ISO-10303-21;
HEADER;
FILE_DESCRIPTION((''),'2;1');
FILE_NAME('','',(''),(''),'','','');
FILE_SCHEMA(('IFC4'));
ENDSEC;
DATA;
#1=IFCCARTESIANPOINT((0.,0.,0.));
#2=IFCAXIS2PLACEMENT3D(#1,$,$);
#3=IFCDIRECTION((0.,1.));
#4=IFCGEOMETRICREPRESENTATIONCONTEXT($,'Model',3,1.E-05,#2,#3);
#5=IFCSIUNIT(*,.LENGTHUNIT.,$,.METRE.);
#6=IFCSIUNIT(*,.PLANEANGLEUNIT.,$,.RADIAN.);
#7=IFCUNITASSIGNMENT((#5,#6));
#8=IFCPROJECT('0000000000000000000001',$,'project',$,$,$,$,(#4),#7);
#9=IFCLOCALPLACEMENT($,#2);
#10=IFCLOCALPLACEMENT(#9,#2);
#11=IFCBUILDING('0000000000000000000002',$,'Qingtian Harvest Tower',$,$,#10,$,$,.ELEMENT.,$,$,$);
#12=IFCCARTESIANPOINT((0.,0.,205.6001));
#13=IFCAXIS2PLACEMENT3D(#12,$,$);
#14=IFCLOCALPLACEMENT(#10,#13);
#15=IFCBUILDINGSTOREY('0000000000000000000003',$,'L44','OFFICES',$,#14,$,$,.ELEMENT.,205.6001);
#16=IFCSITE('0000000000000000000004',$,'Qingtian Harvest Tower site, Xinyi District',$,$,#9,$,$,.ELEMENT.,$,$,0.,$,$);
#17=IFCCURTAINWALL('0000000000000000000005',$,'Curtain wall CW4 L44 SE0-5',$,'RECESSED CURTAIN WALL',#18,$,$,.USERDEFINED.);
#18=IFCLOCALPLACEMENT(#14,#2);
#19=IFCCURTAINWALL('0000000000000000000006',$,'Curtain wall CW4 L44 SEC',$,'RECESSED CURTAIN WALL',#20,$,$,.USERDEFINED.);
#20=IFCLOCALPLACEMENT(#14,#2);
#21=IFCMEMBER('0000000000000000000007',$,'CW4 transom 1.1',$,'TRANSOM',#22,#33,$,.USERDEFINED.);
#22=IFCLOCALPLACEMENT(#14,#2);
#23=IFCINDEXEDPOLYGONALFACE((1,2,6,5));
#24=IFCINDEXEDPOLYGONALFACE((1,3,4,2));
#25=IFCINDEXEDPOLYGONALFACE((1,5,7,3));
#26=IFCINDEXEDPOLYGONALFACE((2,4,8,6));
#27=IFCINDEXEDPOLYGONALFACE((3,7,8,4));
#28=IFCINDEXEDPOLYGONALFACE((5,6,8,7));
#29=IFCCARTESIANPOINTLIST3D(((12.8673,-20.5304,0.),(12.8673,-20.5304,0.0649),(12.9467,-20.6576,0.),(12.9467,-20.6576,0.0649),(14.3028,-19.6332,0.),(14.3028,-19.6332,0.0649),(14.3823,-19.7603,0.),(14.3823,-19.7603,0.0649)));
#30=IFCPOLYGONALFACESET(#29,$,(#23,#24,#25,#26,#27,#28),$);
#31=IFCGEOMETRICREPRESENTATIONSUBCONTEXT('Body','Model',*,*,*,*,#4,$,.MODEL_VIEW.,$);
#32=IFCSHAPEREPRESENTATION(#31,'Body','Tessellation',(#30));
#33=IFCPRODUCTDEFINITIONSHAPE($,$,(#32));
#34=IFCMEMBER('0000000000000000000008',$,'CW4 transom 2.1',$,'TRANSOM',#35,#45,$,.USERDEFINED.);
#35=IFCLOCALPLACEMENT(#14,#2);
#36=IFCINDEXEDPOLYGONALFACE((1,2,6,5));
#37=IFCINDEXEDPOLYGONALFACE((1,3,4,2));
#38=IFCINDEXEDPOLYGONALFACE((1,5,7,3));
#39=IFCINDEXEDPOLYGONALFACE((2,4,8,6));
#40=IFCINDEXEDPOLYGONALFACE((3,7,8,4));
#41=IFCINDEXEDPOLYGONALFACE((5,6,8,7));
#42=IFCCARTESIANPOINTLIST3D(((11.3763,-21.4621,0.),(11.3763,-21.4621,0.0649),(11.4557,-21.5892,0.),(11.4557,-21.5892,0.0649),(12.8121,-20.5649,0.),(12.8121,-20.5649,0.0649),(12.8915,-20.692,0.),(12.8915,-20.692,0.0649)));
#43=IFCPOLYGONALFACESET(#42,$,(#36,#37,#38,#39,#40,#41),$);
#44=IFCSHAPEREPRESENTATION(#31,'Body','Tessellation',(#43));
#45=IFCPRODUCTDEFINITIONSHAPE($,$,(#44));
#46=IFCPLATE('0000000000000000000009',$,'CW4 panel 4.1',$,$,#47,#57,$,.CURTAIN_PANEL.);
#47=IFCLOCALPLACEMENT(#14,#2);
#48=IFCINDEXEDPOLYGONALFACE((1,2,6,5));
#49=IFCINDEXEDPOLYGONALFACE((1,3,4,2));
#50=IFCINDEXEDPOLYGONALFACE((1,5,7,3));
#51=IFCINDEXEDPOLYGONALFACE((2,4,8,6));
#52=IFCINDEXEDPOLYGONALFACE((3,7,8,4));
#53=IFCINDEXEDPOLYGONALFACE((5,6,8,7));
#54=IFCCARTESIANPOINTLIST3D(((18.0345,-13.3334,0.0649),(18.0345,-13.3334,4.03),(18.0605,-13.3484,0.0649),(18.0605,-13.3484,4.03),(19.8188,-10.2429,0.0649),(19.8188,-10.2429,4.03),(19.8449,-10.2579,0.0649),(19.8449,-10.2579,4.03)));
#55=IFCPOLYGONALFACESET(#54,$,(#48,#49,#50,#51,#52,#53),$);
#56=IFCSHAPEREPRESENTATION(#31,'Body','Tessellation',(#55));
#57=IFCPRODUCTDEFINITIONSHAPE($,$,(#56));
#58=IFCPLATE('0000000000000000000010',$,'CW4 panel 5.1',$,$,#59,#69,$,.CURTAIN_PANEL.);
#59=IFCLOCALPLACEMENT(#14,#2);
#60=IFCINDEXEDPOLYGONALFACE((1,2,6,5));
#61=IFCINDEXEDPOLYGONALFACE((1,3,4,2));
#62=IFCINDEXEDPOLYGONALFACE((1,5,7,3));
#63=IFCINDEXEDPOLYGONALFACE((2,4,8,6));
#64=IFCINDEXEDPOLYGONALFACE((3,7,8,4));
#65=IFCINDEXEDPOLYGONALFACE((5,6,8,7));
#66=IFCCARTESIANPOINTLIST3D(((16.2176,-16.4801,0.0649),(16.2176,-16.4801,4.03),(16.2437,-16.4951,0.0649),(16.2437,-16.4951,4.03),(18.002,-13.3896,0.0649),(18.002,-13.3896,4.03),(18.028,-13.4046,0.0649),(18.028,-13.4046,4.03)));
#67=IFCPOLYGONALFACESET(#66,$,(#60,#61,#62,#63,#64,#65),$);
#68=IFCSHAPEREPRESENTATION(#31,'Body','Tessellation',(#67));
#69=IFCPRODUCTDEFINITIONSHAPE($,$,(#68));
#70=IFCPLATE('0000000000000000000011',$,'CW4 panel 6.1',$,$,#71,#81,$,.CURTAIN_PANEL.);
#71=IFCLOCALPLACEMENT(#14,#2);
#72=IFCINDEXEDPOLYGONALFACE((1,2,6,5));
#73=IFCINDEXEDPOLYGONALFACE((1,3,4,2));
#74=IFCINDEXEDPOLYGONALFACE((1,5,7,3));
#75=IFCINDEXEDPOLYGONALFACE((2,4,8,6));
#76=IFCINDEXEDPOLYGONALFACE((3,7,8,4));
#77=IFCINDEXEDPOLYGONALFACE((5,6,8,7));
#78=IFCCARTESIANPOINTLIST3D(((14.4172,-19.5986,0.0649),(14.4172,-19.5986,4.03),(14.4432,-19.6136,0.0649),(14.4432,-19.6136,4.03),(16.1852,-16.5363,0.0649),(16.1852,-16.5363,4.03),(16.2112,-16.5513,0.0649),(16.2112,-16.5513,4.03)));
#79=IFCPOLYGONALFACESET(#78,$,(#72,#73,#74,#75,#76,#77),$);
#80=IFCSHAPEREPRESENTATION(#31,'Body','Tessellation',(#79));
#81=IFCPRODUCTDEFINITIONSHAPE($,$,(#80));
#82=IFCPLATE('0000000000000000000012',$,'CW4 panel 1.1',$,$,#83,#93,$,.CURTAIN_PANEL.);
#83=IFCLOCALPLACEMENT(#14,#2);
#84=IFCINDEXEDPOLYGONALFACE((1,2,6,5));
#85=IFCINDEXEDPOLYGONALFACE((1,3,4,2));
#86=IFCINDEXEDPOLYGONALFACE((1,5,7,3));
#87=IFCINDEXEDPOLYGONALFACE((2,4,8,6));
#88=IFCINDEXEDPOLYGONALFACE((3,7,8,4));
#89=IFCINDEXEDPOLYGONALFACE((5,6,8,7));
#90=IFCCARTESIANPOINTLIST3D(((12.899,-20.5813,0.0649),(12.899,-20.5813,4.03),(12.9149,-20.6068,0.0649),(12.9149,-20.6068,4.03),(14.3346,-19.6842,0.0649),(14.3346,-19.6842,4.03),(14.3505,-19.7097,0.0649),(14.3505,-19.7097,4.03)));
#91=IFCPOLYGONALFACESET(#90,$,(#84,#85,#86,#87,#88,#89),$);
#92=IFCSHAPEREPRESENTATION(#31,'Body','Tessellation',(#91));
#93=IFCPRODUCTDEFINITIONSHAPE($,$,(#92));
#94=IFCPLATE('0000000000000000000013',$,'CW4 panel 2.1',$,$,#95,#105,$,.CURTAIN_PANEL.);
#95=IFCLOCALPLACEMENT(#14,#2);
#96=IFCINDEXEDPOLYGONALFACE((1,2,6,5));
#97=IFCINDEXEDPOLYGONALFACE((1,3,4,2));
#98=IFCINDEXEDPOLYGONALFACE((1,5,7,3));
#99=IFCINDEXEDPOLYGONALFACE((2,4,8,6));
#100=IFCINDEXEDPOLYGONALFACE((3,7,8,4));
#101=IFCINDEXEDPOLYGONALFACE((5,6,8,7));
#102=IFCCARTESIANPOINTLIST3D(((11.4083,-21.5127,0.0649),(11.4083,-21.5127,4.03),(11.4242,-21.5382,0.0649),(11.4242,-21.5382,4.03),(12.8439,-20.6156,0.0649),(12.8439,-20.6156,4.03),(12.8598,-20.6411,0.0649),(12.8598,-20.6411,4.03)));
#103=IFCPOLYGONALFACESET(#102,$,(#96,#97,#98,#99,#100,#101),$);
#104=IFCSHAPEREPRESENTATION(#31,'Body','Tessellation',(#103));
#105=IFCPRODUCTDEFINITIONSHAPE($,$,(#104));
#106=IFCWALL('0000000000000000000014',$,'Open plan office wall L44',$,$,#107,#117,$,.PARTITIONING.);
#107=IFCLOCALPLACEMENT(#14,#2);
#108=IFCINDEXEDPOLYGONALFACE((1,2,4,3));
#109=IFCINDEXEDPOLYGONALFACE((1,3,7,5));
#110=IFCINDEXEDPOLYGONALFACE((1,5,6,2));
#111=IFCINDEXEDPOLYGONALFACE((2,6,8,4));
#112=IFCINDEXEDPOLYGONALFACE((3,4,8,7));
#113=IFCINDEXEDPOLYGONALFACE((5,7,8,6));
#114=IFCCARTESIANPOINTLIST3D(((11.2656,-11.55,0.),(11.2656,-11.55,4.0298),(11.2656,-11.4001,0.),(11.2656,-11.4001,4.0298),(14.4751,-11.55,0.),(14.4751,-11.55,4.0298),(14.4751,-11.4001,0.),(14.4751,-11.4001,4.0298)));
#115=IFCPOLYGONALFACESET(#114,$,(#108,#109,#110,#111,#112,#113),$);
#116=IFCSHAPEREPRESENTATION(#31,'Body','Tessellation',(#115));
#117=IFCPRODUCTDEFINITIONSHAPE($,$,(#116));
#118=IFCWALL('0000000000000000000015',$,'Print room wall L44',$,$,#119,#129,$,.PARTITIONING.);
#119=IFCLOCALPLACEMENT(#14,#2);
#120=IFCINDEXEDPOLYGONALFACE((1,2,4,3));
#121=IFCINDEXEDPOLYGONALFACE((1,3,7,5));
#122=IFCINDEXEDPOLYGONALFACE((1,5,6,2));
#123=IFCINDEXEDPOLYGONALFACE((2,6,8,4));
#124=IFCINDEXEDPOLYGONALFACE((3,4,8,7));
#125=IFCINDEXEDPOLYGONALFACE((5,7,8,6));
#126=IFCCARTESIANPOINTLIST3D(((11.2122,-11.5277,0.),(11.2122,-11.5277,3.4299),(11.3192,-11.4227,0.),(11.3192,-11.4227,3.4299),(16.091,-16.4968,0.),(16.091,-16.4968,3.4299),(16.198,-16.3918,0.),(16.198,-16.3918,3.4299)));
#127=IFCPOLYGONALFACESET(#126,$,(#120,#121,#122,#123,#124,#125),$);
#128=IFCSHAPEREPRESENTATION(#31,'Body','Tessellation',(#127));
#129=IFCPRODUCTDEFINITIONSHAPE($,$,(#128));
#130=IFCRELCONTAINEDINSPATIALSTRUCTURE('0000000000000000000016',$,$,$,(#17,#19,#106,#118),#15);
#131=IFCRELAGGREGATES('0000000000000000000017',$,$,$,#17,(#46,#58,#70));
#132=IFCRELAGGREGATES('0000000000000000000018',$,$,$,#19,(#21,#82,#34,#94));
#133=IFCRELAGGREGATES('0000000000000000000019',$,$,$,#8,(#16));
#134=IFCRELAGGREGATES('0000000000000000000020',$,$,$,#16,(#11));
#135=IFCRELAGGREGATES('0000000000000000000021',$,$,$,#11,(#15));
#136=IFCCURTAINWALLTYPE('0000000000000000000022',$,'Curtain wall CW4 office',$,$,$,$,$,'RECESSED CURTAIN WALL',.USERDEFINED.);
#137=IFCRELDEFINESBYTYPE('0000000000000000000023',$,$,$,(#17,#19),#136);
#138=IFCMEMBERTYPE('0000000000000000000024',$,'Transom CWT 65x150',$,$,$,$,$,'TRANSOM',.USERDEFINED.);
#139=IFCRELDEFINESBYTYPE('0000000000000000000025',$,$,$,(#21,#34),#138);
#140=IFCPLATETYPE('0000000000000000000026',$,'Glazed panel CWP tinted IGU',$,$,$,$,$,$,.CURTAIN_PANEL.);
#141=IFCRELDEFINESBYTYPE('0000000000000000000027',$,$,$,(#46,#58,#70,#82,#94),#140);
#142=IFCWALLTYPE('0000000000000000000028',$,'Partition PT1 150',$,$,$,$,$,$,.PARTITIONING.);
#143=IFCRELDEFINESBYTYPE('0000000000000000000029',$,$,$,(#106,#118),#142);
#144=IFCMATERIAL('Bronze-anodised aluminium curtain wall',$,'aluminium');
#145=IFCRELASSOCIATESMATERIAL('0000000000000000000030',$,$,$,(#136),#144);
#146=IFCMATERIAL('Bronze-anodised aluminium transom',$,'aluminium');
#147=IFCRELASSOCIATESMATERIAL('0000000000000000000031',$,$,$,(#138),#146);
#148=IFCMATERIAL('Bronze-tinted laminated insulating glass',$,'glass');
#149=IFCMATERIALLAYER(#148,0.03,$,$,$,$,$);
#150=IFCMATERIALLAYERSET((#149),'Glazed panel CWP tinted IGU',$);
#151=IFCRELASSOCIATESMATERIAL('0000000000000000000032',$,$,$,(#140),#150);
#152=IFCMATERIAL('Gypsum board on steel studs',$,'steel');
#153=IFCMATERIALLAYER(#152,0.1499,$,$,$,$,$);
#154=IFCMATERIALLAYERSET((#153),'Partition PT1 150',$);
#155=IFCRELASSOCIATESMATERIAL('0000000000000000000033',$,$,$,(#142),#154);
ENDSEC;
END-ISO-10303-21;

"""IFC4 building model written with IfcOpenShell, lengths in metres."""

from ifc_helpers import new_model, si_unit, direction, frame, frame_2d, origin, origin_2d, place, context, subcontext, project, spatial, rectangle, extrude, material, layer, layer_set, material_profile, profile_set, type_object, element, aggregate, save


model = new_model("IFC4")

# Units and contexts
model_context = context("Model", 3, precision=1e-05, world=origin(), true_north=direction((0.0, 1.0)))
body_context = subcontext(model_context, "Body", "Model", "MODEL_VIEW")
ifc_project = project(units=[si_unit("LENGTHUNIT", "METRE"), si_unit("PLANEANGLEUNIT", "RADIAN")], contexts=[model_context])

# Site, building, storey
site_placement = place(None, origin())
site = spatial("IfcSite", under=ifc_project, at=site_placement, Name="Qingtian Harvest Tower site, Xinyi District", CompositionType="ELEMENT", RefElevation=0.0)
building_placement = place(site_placement, origin())
building = spatial("IfcBuilding", under=site, at=building_placement, Name="Qingtian Harvest Tower", CompositionType="ELEMENT")
storey_placement = place(building_placement, frame((0.0, 0.0, 205.6001)))
storey = spatial("IfcBuildingStorey", under=building, at=storey_placement, Name="L44", Description="OFFICES", CompositionType="ELEMENT", Elevation=205.6001)

# Curtain walls
ifc_material_1 = material(Name="Bronze-anodised aluminium curtain wall", Category="aluminium")
curtain_wall_type = type_object("IfcCurtainWallType", Name="Curtain wall CW4 office", ElementType="RECESSED CURTAIN WALL", PredefinedType="USERDEFINED", material=ifc_material_1)
curtain_wall_1_placement = place(storey_placement, origin())
curtain_wall_1 = element("IfcCurtainWall", 1, at=curtain_wall_1_placement, inside=storey, type_object=curtain_wall_type, Name="Curtain wall CW4 L44 SE0-5", ObjectType="RECESSED CURTAIN WALL", PredefinedType="USERDEFINED")
curtain_wall_2_placement = place(storey_placement, origin())
curtain_wall_2 = element("IfcCurtainWall", 2, at=curtain_wall_2_placement, inside=storey, type_object=curtain_wall_type, Name="Curtain wall CW4 L44 SEC", ObjectType="RECESSED CURTAIN WALL", PredefinedType="USERDEFINED")

# Members
ifc_material_2 = material(Name="Bronze-anodised aluminium transom", Category="aluminium")
ifc_material_profile_1 = material_profile(ifc_material_2, rectangle(XDim=0.1499, YDim=0.0649, at=origin_2d()), Name="AL 65x150")
ifc_profile_set_1 = profile_set([ifc_material_profile_1], Name="Bronze-anodised aluminium transom")
member_type_1 = type_object("IfcMemberType", Name="Transom CWT 65x150", ElementType="TRANSOM", PredefinedType="USERDEFINED", material=ifc_profile_set_1)
member_1_placement = place(storey_placement, frame((14.3425, -19.6968, 0.0325), z_axis=(-0.847998, -0.529999, 0.0), x_axis=(0.529999, -0.847998, 0.0)))
member_1 = element("IfcMember", 3, at=member_1_placement, type_object=member_type_1, Name="CW4 transom 1.1", ObjectType="TRANSOM", PredefinedType="USERDEFINED", context=body_context, shape_type="SweptSolid", body=[
    extrude(rectangle(XDim=0.1499, YDim=0.0649, at=origin_2d()), origin(), (0.0, 0.0, 1.0), 1.6929),
])
member_2_placement = place(storey_placement, frame((12.8518, -20.6284, 0.0325), z_axis=(-0.848039, -0.529934, 0.0), x_axis=(0.529934, -0.848039, 0.0)))
member_2 = element("IfcMember", 4, at=member_2_placement, type_object=member_type_1, Name="CW4 transom 2.1", ObjectType="TRANSOM", PredefinedType="USERDEFINED", context=body_context, shape_type="SweptSolid", body=[
    extrude(rectangle(XDim=0.1499, YDim=0.0649, at=origin_2d()), origin(), (0.0, 0.0, 1.0), 1.6931),
])

# Plates
ifc_material_3 = material(Name="Bronze-tinted laminated insulating glass", Category="glass")
ifc_layer_1 = layer(ifc_material_3, 0.03)
ifc_layer_set_1 = layer_set([ifc_layer_1], Name="Glazed panel CWP tinted IGU")
plate_type = type_object("IfcPlateType", Name="Glazed panel CWP tinted IGU", PredefinedType="CURTAIN_PANEL", material=ifc_layer_set_1)
plate_1_placement = place(storey_placement, frame((18.9397, -11.7957, 0.0649), z_axis=(0.0, 0.0, 1.0), x_axis=(-0.5, -0.866025, 0.0)))
plate_1 = element("IfcPlate", 5, at=plate_1_placement, type_object=plate_type, Name="CW4 panel 4.1", PredefinedType="CURTAIN_PANEL", context=body_context, shape_type="SweptSolid", body=[
    extrude(rectangle(XDim=3.5686, YDim=0.03, at=origin_2d()), origin(), (0.0, 0.0, 1.0), 3.9651),
])
plate_2_placement = place(storey_placement, frame((17.1228, -14.9424, 0.0649), z_axis=(0.0, 0.0, 1.0), x_axis=(-0.5, -0.866025, 0.0)))
plate_2 = element("IfcPlate", 6, at=plate_2_placement, type_object=plate_type, Name="CW4 panel 5.1", PredefinedType="CURTAIN_PANEL", context=body_context, shape_type="SweptSolid", body=[
    extrude(rectangle(XDim=3.5686, YDim=0.03, at=origin_2d()), origin(), (0.0, 0.0, 1.0), 3.9651),
])
plate_3_placement = place(storey_placement, frame((15.3142, -18.075, 0.0649), z_axis=(0.0, 0.0, 1.0), x_axis=(-0.5, -0.866025, 0.0)))
plate_3 = element("IfcPlate", 7, at=plate_3_placement, type_object=plate_type, Name="CW4 panel 6.1", PredefinedType="CURTAIN_PANEL", context=body_context, shape_type="SweptSolid", body=[
    extrude(rectangle(XDim=3.5361, YDim=0.03, at=origin_2d()), origin(), (0.0, 0.0, 1.0), 3.9651),
])
aggregate(curtain_wall_1, [plate_1, plate_2, plate_3])
plate_4_placement = place(storey_placement, frame((13.6248, -20.1455, 0.0649), z_axis=(0.0, 0.0, 1.0), x_axis=(-0.848048, -0.529919, 0.0)))
plate_4 = element("IfcPlate", 8, at=plate_4_placement, type_object=plate_type, Name="CW4 panel 1.1", PredefinedType="CURTAIN_PANEL", context=body_context, shape_type="SweptSolid", body=[
    extrude(rectangle(XDim=1.6929, YDim=0.03, at=origin_2d()), origin(), (0.0, 0.0, 1.0), 3.9651),
])
plate_5_placement = place(storey_placement, frame((12.134, -21.0769, 0.0649), z_axis=(0.0, 0.0, 1.0), x_axis=(-0.848048, -0.529919, 0.0)))
plate_5 = element("IfcPlate", 9, at=plate_5_placement, type_object=plate_type, Name="CW4 panel 2.1", PredefinedType="CURTAIN_PANEL", context=body_context, shape_type="SweptSolid", body=[
    extrude(rectangle(XDim=1.6929, YDim=0.03, at=origin_2d()), origin(), (0.0, 0.0, 1.0), 3.9651),
])
aggregate(curtain_wall_2, [member_1, plate_4, member_2, plate_5])

# Walls
ifc_material_4 = material(Name="Gypsum board on steel studs", Category="steel")
ifc_layer_2 = layer(ifc_material_4, 0.1499)
ifc_layer_set_2 = layer_set([ifc_layer_2], Name="Partition PT1 150")
wall_type = type_object("IfcWallType", Name="Partition PT1 150", PredefinedType="PARTITIONING", material=ifc_layer_set_2)
wall_1_placement = place(storey_placement, frame((14.4751, -11.4751, 0.0), z_axis=(0.0, 0.0, 1.0), x_axis=(-1.0, 0.0, 0.0)))
element("IfcWall", 10, at=wall_1_placement, inside=storey, type_object=wall_type, Name="Open plan office wall L44", PredefinedType="PARTITIONING", context=body_context, shape_type="SweptSolid", body=[
    extrude(rectangle(XDim=3.2095, YDim=0.1499, at=frame_2d((1.6047, 0.0))), origin(), (0.0, 0.0, 1.0), 4.0298),
])
wall_2_placement = place(storey_placement, frame((16.1445, -16.4443, 0.0), z_axis=(0.0, 0.0, 1.0), x_axis=(-0.700591, 0.713563, 0.0)))
element("IfcWall", 11, at=wall_2_placement, inside=storey, type_object=wall_type, Name="Print room wall L44", PredefinedType="PARTITIONING", context=body_context, shape_type="SweptSolid", body=[
    extrude(rectangle(XDim=6.9639, YDim=0.1499, at=frame_2d((3.4819, 0.0))), origin(), (0.0, 0.0, 1.0), 3.4299),
])

save(model, "model.ifc")
